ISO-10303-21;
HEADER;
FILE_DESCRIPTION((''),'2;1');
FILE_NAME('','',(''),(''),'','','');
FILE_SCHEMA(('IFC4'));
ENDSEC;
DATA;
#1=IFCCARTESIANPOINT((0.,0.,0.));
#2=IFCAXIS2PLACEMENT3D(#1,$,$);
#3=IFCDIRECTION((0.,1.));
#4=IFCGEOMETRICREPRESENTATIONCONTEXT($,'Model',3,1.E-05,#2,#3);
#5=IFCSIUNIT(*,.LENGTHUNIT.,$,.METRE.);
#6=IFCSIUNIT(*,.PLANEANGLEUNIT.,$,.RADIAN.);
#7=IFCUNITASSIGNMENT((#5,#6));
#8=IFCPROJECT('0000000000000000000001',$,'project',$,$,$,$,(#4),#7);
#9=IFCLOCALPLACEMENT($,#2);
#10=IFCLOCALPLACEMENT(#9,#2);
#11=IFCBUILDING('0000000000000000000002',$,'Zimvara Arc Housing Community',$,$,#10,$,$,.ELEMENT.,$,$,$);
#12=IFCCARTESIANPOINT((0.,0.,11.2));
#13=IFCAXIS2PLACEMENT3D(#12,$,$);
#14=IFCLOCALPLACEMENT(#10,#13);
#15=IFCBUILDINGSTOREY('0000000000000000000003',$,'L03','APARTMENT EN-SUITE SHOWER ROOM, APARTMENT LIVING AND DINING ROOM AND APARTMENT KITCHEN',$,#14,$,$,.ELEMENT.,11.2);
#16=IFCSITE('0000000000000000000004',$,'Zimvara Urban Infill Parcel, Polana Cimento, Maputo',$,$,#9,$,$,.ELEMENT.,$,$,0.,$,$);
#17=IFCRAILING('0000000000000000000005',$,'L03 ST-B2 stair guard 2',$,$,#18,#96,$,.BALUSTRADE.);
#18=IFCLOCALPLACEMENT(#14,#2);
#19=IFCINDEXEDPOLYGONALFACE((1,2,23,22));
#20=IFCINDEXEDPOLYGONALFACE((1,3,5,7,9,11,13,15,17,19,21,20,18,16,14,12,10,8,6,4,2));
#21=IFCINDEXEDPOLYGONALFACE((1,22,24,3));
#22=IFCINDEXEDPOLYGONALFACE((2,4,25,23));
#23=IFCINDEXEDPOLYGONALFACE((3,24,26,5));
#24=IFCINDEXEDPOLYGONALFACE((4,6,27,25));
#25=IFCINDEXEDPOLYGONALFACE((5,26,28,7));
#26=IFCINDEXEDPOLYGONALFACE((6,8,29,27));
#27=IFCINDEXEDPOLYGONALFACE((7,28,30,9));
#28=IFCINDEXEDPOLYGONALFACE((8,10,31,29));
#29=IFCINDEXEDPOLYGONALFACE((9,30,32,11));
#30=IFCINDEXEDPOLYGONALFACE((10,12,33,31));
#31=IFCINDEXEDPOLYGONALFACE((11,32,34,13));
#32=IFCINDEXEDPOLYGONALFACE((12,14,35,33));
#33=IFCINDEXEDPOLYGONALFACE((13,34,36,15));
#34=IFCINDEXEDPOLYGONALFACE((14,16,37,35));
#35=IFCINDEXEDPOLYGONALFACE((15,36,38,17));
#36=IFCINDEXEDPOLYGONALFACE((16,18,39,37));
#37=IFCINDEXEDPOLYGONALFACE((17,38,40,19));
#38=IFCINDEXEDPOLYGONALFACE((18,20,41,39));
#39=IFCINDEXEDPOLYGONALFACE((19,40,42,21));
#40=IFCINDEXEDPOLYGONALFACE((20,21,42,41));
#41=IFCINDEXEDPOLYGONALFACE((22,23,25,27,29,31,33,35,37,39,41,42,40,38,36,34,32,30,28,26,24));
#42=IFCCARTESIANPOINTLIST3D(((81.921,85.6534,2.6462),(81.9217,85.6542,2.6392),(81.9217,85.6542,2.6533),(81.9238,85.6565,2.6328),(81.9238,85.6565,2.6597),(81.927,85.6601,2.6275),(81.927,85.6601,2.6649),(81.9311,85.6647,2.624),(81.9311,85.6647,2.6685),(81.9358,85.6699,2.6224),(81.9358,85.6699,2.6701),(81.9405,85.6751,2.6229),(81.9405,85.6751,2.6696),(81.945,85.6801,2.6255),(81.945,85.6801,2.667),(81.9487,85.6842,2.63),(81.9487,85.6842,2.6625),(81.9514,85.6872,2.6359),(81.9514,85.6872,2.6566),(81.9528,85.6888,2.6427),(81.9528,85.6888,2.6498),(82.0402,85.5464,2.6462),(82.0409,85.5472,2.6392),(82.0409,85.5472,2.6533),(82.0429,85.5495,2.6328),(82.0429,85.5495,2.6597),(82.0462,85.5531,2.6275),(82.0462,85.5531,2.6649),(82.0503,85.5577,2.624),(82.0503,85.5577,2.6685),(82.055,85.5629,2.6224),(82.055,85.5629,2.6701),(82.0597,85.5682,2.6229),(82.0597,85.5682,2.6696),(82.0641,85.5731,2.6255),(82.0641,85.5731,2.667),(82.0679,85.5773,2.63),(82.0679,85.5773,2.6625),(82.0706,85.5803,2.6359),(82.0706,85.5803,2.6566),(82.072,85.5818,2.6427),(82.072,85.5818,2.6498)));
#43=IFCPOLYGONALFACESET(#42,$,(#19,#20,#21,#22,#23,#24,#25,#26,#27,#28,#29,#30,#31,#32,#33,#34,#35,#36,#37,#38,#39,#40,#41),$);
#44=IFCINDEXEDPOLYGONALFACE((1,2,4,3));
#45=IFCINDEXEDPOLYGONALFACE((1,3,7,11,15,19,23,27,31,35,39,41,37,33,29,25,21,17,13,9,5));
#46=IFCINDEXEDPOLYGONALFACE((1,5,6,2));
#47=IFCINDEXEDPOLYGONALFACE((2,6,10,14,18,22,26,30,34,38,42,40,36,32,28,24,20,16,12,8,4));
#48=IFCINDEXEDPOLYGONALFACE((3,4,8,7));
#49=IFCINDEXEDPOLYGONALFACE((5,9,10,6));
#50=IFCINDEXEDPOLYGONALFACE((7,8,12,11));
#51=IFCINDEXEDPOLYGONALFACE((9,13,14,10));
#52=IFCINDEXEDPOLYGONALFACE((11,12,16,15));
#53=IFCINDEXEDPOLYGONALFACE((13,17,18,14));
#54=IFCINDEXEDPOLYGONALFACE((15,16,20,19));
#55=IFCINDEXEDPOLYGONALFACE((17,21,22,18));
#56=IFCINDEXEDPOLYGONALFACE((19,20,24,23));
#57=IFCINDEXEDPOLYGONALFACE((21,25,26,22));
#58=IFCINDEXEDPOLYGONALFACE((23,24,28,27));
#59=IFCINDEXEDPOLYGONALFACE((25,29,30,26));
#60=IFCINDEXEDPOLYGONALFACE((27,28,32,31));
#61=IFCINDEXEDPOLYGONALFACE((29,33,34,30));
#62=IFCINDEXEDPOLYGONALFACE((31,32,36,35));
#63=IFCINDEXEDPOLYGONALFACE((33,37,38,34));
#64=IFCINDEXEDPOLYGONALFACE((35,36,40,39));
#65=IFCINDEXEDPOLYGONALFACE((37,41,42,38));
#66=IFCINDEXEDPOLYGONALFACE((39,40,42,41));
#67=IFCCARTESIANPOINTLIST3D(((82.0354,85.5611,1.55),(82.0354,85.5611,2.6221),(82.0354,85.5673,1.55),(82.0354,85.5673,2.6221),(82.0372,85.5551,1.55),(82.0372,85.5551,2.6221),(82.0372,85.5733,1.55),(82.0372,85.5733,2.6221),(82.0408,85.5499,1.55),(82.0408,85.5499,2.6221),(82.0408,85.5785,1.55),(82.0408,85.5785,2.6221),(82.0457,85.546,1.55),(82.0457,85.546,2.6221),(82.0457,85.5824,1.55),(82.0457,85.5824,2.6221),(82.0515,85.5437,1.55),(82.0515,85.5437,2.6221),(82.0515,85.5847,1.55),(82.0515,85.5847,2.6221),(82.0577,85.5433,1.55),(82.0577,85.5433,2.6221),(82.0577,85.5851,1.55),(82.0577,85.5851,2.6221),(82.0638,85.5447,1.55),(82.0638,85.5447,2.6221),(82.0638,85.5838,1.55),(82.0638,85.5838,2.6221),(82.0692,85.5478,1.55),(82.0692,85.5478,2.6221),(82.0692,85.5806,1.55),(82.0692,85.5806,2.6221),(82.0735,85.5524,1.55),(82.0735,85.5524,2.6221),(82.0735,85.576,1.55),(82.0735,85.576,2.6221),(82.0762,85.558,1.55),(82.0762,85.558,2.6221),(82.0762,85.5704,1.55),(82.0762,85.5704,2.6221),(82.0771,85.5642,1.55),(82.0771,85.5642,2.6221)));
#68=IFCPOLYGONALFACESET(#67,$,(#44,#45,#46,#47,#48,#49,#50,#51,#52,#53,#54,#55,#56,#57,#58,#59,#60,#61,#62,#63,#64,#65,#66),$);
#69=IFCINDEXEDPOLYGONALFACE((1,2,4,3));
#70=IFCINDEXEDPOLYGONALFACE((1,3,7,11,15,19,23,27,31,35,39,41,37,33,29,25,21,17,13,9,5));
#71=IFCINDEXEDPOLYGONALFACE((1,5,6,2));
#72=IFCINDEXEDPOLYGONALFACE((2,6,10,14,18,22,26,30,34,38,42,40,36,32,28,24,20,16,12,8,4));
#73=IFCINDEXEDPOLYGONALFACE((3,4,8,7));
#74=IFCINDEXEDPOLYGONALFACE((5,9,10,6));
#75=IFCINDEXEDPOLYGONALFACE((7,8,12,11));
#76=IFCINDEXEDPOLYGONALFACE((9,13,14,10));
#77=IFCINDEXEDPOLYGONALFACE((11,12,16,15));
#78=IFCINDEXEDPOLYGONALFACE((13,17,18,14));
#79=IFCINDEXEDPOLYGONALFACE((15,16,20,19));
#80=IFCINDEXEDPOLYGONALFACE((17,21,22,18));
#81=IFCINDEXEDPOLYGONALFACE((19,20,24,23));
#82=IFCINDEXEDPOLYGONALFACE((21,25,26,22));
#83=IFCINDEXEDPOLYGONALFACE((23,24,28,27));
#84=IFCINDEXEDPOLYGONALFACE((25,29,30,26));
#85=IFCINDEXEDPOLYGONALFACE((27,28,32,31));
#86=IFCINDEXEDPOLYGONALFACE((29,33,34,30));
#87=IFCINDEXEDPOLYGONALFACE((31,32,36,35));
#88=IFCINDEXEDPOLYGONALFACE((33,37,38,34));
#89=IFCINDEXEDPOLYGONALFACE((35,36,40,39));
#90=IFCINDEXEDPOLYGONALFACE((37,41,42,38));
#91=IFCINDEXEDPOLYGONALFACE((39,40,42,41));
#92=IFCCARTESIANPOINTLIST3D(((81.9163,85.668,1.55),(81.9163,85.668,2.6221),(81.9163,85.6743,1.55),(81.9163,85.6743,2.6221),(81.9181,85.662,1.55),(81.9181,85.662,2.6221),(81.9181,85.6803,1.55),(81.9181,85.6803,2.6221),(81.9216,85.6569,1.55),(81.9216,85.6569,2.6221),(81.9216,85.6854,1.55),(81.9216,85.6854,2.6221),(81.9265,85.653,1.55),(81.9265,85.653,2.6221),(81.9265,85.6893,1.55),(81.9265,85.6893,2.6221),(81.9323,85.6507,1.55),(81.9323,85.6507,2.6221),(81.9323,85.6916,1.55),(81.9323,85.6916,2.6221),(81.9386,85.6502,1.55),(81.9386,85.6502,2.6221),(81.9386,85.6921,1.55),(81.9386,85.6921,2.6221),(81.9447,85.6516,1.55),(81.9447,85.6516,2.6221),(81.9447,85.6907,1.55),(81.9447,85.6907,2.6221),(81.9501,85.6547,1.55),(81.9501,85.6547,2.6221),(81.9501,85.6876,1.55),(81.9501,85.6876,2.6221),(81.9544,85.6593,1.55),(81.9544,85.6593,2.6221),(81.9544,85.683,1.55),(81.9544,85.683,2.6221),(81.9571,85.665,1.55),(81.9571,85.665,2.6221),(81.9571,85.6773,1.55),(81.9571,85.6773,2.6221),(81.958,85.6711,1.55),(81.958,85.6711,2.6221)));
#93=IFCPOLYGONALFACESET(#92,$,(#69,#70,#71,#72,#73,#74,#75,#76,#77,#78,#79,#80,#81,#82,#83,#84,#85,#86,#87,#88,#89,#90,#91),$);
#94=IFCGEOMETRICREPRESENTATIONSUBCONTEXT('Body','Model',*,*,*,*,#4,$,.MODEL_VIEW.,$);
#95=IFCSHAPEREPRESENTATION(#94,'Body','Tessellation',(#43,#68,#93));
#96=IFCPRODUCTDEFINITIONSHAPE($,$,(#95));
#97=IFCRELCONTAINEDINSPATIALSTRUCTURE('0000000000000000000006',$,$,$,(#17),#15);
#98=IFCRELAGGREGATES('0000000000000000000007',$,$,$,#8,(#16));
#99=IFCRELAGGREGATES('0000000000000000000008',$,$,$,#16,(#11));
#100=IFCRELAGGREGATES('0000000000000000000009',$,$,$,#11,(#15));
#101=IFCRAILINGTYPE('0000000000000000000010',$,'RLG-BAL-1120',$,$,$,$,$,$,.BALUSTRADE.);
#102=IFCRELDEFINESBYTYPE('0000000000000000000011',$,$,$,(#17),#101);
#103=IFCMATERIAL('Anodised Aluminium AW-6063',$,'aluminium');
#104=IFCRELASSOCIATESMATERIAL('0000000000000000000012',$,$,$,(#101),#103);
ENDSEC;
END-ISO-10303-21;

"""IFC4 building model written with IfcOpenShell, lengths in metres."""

from ifc_helpers import new_model, si_unit, direction, frame, origin, origin_2d, place, context, subcontext, project, spatial, circle, extrude, material, type_object, element, save


model = new_model("IFC4")

# Units and contexts
model_context = context("Model", 3, precision=1e-05, world=origin(), true_north=direction((0.0, 1.0)))
body_context = subcontext(model_context, "Body", "Model", "MODEL_VIEW")
ifc_project = project(units=[si_unit("LENGTHUNIT", "METRE"), si_unit("PLANEANGLEUNIT", "RADIAN")], contexts=[model_context])

# Site, building, storey
site_placement = place(None, origin())
site = spatial("IfcSite", under=ifc_project, at=site_placement, Name="Zimvara Urban Infill Parcel, Polana Cimento, Maputo", CompositionType="ELEMENT", RefElevation=0.0)
building_placement = place(site_placement, origin())
building = spatial("IfcBuilding", under=site, at=building_placement, Name="Zimvara Arc Housing Community", CompositionType="ELEMENT")
storey_placement = place(building_placement, frame((0.0, 0.0, 11.2)))
storey = spatial("IfcBuildingStorey", under=building, at=storey_placement, Name="L03", Description="APARTMENT EN-SUITE SHOWER ROOM, APARTMENT LIVING AND DINING ROOM AND APARTMENT KITCHEN", CompositionType="ELEMENT", Elevation=11.2)

# Railing
ifc_material_1 = material(Name="Anodised Aluminium AW-6063", Category="aluminium")
railing_type_1 = type_object("IfcRailingType", Name="RLG-BAL-1120", PredefinedType="BALUSTRADE", material=ifc_material_1)
railing_1_placement = place(storey_placement, frame((82.0562, 85.5642, 1.55)))
element("IfcRailing", 1, at=railing_1_placement, inside=storey, type_object=railing_type_1, Name="L03 ST-B2 stair guard 2", PredefinedType="BALUSTRADE", context=body_context, shape_type="SweptSolid", body=[
    extrude(circle(Radius=0.0239, at=origin_2d()), frame((0.0, 0.0, 1.0962), z_axis=(-0.744203, 0.667953, 0.0), x_axis=(-0.667953, -0.744203, 0.0)), (0.0, 0.0, 1.0), 0.1602),
    extrude(circle(Radius=0.021, at=origin_2d()), origin(), (0.0, 0.0, 1.0), 1.072),
    extrude(circle(Radius=0.021, at=origin_2d()), frame((-0.1191, 0.1069, 0.0)), (0.0, 0.0, 1.0), 1.072),
])

save(model, "model.ifc")
